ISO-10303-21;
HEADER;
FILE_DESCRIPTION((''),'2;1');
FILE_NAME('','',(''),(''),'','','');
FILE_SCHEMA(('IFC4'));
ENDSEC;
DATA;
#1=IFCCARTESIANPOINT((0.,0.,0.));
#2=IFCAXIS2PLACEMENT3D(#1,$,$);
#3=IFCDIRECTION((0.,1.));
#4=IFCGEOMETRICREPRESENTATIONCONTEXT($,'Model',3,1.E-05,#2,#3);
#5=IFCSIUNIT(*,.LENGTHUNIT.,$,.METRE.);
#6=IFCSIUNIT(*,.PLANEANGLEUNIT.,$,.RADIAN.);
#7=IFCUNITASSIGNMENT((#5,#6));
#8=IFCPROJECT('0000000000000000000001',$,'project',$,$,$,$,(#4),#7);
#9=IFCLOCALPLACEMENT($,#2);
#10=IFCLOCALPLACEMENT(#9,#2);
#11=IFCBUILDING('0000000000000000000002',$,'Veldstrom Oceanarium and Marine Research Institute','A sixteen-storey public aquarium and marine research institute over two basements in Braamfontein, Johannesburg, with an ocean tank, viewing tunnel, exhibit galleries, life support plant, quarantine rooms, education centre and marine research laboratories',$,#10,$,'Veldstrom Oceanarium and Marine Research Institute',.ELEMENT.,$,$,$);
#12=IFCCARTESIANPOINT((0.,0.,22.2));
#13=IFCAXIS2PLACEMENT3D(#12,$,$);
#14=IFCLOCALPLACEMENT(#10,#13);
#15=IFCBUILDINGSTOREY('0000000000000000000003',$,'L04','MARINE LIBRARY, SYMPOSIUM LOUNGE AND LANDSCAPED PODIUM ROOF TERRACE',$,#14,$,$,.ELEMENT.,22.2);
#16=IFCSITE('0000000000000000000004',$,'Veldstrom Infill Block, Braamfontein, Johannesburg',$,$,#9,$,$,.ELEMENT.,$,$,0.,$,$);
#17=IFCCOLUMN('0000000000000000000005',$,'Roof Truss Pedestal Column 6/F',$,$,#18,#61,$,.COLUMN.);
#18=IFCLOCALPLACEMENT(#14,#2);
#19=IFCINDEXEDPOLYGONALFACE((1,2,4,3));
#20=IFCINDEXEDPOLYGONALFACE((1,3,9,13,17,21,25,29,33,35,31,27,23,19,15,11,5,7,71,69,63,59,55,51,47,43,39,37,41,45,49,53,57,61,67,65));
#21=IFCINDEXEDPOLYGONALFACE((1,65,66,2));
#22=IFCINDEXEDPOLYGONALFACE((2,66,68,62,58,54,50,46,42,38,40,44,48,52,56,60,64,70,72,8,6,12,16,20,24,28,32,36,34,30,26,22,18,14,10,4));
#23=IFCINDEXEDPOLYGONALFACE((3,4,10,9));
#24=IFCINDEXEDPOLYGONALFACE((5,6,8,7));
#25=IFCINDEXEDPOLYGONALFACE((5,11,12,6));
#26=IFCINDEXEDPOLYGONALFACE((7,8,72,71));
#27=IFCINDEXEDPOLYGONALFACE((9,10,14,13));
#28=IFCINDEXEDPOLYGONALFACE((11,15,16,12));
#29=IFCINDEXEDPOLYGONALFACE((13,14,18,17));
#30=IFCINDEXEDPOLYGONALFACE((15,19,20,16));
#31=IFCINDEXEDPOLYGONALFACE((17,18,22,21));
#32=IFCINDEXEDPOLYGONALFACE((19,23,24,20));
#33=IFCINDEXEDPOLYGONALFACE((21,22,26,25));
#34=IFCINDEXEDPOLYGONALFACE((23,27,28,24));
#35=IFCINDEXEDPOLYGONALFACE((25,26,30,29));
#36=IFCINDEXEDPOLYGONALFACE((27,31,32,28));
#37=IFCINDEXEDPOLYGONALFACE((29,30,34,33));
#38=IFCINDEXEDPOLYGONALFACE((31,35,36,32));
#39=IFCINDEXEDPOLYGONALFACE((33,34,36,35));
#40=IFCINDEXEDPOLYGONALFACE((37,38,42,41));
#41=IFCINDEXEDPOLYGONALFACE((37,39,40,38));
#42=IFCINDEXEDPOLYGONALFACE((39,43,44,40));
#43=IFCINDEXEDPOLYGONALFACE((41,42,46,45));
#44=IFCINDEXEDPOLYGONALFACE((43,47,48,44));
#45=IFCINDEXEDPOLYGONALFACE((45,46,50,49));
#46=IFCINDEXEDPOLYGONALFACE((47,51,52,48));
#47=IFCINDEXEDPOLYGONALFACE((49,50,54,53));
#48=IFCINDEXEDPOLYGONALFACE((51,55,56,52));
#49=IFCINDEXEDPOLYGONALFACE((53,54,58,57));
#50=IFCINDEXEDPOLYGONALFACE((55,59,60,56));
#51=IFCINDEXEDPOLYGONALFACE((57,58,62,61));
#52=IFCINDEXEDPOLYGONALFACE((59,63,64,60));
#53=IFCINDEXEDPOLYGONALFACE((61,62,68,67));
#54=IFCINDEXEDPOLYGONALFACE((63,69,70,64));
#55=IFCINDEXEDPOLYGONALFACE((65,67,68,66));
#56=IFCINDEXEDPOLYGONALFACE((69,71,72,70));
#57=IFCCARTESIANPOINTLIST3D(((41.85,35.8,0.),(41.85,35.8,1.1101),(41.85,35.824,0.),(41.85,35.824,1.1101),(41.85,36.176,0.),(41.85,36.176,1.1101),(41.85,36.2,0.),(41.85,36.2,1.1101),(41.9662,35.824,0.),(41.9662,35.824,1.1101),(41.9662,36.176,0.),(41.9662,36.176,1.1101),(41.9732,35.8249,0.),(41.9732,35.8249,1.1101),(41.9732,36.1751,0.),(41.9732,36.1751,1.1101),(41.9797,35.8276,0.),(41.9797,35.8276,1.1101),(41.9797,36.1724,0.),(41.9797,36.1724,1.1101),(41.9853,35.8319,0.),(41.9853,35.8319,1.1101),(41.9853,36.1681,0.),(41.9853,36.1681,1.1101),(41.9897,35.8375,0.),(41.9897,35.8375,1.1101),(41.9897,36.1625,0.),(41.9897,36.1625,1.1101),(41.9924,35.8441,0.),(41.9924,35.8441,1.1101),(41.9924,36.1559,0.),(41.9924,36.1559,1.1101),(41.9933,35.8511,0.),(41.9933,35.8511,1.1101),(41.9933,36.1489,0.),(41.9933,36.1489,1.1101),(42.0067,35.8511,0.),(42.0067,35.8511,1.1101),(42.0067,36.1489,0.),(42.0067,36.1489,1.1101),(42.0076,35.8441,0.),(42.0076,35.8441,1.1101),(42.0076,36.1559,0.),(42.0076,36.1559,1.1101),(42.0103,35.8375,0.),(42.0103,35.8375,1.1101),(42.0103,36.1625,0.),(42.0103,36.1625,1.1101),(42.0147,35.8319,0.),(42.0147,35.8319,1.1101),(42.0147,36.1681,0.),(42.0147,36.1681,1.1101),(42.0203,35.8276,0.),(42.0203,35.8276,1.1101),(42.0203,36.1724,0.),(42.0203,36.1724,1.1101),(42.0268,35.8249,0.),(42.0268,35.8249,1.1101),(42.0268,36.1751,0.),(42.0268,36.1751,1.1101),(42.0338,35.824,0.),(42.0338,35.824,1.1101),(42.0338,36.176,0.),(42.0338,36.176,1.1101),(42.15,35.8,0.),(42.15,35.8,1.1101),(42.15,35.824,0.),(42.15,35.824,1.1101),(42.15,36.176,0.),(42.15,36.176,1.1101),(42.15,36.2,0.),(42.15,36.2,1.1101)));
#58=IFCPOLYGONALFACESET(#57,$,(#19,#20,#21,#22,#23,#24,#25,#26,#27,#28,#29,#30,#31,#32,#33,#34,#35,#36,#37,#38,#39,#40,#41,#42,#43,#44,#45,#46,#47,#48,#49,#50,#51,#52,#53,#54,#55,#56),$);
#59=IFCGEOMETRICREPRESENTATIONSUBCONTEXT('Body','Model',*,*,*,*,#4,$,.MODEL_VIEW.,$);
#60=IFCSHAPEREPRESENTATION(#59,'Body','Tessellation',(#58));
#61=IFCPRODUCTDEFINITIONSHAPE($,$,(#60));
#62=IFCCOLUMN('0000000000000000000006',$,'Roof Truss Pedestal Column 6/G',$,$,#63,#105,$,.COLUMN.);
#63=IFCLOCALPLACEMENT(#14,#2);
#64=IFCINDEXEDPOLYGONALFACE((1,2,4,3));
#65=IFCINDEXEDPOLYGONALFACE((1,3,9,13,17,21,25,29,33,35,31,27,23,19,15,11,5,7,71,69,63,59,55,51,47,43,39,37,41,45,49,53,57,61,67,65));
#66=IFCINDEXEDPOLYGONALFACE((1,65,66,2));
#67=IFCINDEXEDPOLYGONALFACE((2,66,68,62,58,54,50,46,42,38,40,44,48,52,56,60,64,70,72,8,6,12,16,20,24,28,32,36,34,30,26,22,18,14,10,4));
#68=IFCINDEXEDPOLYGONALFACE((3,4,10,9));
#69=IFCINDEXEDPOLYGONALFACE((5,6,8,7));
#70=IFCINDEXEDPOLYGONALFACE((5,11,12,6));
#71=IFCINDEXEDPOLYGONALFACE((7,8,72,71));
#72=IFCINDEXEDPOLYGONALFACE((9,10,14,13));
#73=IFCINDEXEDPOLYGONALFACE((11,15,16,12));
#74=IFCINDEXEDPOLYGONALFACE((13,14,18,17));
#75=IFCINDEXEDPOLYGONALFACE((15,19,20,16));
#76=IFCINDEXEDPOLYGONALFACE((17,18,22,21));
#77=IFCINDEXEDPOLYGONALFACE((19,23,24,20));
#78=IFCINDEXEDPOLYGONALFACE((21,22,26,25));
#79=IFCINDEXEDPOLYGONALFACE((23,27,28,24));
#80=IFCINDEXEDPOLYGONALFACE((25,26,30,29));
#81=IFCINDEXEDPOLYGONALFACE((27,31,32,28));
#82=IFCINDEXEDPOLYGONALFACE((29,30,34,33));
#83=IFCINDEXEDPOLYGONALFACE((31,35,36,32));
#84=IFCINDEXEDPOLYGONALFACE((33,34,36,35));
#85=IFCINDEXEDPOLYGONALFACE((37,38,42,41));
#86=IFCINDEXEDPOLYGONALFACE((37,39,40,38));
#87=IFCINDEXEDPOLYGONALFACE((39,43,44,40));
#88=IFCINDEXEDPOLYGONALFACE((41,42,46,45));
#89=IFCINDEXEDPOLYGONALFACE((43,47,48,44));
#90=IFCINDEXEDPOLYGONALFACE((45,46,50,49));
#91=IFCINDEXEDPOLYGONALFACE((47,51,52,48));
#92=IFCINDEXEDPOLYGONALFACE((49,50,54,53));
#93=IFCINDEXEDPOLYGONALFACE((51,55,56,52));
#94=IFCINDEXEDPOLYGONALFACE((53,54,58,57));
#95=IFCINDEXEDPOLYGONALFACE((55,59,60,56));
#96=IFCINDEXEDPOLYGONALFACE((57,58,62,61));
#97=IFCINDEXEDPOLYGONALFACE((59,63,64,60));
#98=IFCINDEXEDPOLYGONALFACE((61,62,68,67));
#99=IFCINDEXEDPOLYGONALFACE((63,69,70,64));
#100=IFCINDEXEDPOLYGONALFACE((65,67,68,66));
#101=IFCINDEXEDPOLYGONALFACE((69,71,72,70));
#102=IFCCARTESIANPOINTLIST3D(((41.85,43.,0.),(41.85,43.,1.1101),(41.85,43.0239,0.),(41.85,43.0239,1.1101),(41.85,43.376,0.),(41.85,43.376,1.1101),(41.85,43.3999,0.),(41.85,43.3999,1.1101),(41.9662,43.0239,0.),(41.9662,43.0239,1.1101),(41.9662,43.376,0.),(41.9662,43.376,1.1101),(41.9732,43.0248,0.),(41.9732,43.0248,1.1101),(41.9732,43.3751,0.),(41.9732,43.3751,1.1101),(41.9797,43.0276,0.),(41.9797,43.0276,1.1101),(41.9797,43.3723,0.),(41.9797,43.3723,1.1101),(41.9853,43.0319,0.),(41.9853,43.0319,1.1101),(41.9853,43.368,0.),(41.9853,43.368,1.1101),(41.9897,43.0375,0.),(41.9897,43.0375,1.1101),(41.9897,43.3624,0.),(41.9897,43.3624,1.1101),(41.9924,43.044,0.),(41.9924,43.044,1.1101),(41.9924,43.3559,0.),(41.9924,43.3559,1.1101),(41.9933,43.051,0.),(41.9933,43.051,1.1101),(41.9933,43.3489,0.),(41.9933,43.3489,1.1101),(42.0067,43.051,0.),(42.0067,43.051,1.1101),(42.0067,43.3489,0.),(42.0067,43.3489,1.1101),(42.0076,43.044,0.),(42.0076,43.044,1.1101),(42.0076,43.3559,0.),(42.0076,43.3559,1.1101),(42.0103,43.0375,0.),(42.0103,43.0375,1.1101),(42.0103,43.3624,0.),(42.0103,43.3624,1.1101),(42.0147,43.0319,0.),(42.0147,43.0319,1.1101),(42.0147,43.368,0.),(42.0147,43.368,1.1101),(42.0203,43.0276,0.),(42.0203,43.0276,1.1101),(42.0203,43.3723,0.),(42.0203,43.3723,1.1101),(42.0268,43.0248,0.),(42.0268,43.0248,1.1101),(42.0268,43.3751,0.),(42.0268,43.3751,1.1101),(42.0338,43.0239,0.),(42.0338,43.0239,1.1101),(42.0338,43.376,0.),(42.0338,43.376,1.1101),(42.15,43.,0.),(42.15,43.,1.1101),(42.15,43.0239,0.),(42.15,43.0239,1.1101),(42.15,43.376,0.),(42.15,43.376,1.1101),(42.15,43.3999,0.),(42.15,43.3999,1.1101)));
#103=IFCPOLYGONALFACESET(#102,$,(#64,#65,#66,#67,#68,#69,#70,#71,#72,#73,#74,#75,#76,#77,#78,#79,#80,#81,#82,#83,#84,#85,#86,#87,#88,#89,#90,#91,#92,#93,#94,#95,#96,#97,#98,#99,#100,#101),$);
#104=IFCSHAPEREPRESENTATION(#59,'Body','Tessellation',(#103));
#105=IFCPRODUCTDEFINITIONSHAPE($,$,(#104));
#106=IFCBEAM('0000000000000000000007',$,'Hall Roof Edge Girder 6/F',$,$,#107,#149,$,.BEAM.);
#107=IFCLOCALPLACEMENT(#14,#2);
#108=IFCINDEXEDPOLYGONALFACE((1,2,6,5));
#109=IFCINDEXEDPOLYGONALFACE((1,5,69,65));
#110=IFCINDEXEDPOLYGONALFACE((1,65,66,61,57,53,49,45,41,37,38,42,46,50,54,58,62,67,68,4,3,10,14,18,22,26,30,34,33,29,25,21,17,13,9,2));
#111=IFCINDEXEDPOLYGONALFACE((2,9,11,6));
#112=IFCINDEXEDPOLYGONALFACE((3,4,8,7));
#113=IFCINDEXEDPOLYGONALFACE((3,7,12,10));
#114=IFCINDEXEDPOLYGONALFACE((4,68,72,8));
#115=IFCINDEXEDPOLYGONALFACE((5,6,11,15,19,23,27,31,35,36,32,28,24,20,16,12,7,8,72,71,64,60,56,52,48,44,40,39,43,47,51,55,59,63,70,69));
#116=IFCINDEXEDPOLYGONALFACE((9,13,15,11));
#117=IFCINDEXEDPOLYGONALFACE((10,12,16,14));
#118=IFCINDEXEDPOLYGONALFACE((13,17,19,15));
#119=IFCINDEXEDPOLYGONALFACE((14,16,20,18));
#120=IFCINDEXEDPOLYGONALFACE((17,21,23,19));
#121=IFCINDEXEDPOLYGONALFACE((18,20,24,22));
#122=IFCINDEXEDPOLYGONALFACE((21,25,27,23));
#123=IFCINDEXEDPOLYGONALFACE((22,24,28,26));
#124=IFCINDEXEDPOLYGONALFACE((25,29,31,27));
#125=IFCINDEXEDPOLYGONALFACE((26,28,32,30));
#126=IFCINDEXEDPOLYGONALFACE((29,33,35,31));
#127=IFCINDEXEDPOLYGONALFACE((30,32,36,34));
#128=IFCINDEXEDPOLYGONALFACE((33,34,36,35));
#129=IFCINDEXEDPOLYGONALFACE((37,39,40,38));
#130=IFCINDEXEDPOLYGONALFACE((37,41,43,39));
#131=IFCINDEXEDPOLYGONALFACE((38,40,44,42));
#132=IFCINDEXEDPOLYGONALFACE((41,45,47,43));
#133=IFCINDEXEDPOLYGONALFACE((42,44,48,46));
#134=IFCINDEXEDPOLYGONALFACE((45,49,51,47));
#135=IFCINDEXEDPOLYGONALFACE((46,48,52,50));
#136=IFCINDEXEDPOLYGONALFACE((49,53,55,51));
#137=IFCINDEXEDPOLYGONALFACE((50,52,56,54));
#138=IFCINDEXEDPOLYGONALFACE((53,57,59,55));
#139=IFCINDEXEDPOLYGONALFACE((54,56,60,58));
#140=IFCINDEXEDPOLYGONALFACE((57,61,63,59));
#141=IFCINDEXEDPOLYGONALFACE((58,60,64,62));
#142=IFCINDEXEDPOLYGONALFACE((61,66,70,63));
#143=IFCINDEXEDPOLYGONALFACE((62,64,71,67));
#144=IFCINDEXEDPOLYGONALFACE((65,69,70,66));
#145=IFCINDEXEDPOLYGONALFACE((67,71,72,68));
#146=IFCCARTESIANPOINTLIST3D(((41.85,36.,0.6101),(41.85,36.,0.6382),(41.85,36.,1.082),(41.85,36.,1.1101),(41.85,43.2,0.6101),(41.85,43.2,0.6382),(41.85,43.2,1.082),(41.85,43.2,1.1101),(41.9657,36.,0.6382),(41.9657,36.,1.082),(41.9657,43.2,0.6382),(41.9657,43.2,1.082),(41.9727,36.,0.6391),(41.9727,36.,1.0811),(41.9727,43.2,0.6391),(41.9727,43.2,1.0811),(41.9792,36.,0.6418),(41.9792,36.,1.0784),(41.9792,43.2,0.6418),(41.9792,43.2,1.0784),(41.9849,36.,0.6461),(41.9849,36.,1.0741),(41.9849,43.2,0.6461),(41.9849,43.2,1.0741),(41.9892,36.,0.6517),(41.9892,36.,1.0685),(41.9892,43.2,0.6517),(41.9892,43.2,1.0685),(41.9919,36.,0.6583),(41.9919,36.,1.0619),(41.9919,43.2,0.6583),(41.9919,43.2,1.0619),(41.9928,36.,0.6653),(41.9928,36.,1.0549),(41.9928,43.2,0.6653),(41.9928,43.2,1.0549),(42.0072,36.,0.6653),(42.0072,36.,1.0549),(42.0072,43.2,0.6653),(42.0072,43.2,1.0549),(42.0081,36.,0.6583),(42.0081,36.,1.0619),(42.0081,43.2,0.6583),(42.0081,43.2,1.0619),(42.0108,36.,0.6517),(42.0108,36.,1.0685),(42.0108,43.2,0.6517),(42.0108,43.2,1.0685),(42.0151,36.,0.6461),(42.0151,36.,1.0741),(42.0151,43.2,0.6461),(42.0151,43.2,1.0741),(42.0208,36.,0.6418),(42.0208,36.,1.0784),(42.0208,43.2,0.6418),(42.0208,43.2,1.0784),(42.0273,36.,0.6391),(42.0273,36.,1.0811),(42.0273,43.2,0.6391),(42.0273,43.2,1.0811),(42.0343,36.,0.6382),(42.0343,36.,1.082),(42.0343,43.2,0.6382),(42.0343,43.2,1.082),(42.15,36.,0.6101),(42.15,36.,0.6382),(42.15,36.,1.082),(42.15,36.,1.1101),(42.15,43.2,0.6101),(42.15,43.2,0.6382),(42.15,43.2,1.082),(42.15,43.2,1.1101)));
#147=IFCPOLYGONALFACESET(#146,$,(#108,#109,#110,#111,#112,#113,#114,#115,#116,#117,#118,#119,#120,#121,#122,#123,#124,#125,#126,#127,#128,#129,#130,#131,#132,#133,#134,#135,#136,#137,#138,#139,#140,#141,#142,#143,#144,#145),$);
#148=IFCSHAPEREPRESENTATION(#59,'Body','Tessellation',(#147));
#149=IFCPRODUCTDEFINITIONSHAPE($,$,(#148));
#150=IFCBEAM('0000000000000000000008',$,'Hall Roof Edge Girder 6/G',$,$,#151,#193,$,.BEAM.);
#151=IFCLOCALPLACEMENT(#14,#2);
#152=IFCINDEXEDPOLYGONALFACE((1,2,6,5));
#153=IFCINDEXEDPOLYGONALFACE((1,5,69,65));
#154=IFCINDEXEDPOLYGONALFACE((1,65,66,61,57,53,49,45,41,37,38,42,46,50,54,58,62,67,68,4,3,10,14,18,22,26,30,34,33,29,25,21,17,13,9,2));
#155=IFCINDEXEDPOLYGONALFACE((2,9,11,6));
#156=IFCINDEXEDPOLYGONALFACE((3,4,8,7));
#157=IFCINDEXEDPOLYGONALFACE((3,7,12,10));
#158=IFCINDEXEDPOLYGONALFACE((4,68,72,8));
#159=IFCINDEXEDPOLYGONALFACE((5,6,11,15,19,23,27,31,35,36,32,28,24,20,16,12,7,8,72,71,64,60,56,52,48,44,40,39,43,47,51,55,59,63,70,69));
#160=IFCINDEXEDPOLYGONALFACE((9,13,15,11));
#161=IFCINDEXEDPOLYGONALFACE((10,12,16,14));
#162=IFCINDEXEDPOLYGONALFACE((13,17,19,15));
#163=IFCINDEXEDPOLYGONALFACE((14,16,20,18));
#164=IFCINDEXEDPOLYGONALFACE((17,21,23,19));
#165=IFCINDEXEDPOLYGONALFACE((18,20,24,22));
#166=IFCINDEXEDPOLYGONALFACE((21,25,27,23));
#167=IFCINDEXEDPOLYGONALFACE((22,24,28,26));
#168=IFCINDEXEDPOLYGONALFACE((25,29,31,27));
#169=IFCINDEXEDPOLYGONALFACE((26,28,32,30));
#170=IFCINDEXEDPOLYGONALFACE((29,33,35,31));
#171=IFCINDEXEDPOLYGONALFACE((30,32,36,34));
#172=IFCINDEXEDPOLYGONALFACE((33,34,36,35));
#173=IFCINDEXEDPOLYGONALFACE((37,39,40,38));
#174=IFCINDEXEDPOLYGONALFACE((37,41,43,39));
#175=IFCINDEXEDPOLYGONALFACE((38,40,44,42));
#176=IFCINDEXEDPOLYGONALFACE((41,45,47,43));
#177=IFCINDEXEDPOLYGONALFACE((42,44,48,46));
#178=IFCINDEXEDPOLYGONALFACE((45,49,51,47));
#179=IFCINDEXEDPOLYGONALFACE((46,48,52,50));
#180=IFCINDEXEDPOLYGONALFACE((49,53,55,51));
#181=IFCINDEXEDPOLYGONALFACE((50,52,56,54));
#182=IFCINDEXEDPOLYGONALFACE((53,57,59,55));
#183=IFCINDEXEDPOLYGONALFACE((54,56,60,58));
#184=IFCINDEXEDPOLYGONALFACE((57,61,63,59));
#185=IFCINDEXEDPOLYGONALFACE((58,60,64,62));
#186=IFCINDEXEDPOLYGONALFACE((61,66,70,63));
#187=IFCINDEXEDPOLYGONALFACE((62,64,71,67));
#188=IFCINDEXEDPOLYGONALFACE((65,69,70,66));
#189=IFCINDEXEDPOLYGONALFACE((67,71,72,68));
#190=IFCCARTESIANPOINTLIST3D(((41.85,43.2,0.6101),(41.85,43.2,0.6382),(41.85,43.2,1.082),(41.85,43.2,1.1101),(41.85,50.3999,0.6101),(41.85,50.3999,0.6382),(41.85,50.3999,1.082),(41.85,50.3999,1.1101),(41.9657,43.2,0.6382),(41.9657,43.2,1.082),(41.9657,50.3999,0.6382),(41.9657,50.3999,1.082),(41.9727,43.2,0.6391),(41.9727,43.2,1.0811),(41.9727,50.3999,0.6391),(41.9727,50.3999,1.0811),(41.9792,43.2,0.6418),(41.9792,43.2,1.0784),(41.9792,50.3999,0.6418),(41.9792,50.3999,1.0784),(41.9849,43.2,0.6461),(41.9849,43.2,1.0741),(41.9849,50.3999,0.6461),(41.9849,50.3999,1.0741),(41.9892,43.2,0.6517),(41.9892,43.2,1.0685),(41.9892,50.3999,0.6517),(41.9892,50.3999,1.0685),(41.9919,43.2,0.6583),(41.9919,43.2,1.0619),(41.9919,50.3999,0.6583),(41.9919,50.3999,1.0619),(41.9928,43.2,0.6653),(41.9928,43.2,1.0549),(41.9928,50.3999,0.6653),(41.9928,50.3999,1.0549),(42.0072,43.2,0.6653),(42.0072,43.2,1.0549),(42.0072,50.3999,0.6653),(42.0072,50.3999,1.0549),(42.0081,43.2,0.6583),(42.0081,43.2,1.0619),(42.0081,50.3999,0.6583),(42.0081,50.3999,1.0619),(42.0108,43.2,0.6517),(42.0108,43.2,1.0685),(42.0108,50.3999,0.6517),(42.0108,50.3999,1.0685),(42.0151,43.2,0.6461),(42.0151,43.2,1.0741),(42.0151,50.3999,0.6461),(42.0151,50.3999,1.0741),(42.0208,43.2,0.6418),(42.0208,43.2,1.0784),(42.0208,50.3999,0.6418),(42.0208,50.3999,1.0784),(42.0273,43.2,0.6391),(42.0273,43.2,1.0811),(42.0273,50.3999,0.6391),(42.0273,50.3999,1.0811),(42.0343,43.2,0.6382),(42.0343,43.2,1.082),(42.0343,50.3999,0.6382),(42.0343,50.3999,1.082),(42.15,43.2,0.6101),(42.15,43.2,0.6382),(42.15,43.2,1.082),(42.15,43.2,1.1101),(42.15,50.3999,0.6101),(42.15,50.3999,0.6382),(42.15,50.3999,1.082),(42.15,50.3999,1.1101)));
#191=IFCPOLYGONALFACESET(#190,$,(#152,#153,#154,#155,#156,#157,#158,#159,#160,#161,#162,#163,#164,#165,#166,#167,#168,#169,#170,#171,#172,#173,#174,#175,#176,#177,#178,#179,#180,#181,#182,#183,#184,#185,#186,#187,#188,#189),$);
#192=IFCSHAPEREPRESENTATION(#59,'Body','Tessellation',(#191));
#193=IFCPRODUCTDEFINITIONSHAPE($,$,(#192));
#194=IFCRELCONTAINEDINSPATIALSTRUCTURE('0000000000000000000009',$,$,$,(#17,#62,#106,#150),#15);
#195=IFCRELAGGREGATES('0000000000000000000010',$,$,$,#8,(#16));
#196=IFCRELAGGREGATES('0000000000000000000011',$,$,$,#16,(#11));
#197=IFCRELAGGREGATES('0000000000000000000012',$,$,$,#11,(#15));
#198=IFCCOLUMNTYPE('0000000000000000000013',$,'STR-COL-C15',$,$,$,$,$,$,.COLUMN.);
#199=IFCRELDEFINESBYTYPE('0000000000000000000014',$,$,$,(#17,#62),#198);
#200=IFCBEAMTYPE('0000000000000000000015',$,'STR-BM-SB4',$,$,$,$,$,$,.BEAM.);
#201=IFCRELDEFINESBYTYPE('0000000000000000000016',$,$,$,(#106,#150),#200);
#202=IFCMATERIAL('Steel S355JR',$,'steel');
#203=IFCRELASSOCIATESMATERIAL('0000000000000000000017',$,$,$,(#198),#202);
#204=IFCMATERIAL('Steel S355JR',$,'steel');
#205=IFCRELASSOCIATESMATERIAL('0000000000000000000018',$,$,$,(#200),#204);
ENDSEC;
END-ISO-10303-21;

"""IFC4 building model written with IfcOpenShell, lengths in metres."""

from ifc_helpers import new_model, si_unit, direction, frame, origin, origin_2d, place, context, subcontext, project, spatial, i_section, extrude, material, material_profile, profile_set, type_object, element, save


model = new_model("IFC4")

# Units and contexts
model_context = context("Model", 3, precision=1e-05, world=origin(), true_north=direction((0.0, 1.0)))
body_context = subcontext(model_context, "Body", "Model", "MODEL_VIEW")
ifc_project = project(units=[si_unit("LENGTHUNIT", "METRE"), si_unit("PLANEANGLEUNIT", "RADIAN")], contexts=[model_context])

# Site, building, storey
site_placement = place(None, origin())
site = spatial("IfcSite", under=ifc_project, at=site_placement, Name="Veldstrom Infill Block, Braamfontein, Johannesburg", CompositionType="ELEMENT", RefElevation=0.0)
building_placement = place(site_placement, origin())
building = spatial("IfcBuilding", under=site, at=building_placement, Name="Veldstrom Oceanarium and Marine Research Institute", Description="A sixteen-storey public aquarium and marine research institute over two basements in Braamfontein, Johannesburg, with an ocean tank, viewing tunnel, exhibit galleries, life support plant, quarantine rooms, education centre and marine research laboratories", LongName="Veldstrom Oceanarium and Marine Research Institute", CompositionType="ELEMENT")
storey_placement = place(building_placement, frame((0.0, 0.0, 22.2)))
storey = spatial("IfcBuildingStorey", under=building, at=storey_placement, Name="L04", Description="MARINE LIBRARY, SYMPOSIUM LOUNGE AND LANDSCAPED PODIUM ROOF TERRACE", CompositionType="ELEMENT", Elevation=22.2)

# Columns
ifc_material_1 = material(Name="Steel S355JR", Category="steel")
ifc_material_profile_1 = material_profile(ifc_material_1, i_section(OverallWidth=0.3, OverallDepth=0.3999, WebThickness=0.0134, FlangeThickness=0.0239, FilletRadius=0.0271, at=origin_2d()), Name="HEB 400")
ifc_profile_set_1 = profile_set([ifc_material_profile_1], Name="Steel S355JR")
column_type = type_object("IfcColumnType", Name="STR-COL-C15", PredefinedType="COLUMN", material=ifc_profile_set_1)
for number, where, z_axis, x_axis, name in (
    (1, (42.0, 36.0, 0.0), (0.0, 0.0, 1.0), (1.0, 0.0, 0.0), "Roof Truss Pedestal Column 6/F"),
    (2, (42.0, 43.2, 0.0), (0.0, 0.0, 1.0), (1.0, 0.0, 0.0), "Roof Truss Pedestal Column 6/G"),
):
    element("IfcColumn", number, at=place(storey_placement, frame(where, z_axis=z_axis, x_axis=x_axis)), inside=storey, type_object=column_type, Name=name, PredefinedType="COLUMN", context=body_context, shape_type="SweptSolid", body=[
        extrude(i_section(OverallWidth=0.3, OverallDepth=0.3999, WebThickness=0.0134, FlangeThickness=0.0239, FilletRadius=0.0271, at=origin_2d()), origin(), (0.0, 0.0, 1.0), 1.1101),
    ])

# Beams
ifc_material_2 = material(Name="Steel S355JR", Category="steel")
ifc_material_profile_2 = material_profile(ifc_material_2, i_section(OverallWidth=0.3, OverallDepth=0.5, WebThickness=0.0144, FlangeThickness=0.0281, FilletRadius=0.0271, at=origin_2d()), Name="HEB 500")
ifc_profile_set_2 = profile_set([ifc_material_profile_2], Name="Steel S355JR")
beam_type = type_object("IfcBeamType", Name="STR-BM-SB4", PredefinedType="BEAM", material=ifc_profile_set_2)
for number, where, z_axis, x_axis, name in (
    (3, (42.0, 36.0, 0.8601), (0.0, 1.0, 0.0), (-1.0, 0.0, 0.0), "Hall Roof Edge Girder 6/F"),
    (4, (42.0, 43.2, 0.8601), (0.0, 1.0, 0.0), (-1.0, 0.0, 0.0), "Hall Roof Edge Girder 6/G"),
):
    element("IfcBeam", number, at=place(storey_placement, frame(where, z_axis=z_axis, x_axis=x_axis)), inside=storey, type_object=beam_type, Name=name, PredefinedType="BEAM", context=body_context, shape_type="SweptSolid", body=[
        extrude(i_section(OverallWidth=0.3, OverallDepth=0.5, WebThickness=0.0144, FlangeThickness=0.0281, FilletRadius=0.0271, at=origin_2d()), origin(), (0.0, 0.0, 1.0), 7.2),
    ])

save(model, "model.ifc")
